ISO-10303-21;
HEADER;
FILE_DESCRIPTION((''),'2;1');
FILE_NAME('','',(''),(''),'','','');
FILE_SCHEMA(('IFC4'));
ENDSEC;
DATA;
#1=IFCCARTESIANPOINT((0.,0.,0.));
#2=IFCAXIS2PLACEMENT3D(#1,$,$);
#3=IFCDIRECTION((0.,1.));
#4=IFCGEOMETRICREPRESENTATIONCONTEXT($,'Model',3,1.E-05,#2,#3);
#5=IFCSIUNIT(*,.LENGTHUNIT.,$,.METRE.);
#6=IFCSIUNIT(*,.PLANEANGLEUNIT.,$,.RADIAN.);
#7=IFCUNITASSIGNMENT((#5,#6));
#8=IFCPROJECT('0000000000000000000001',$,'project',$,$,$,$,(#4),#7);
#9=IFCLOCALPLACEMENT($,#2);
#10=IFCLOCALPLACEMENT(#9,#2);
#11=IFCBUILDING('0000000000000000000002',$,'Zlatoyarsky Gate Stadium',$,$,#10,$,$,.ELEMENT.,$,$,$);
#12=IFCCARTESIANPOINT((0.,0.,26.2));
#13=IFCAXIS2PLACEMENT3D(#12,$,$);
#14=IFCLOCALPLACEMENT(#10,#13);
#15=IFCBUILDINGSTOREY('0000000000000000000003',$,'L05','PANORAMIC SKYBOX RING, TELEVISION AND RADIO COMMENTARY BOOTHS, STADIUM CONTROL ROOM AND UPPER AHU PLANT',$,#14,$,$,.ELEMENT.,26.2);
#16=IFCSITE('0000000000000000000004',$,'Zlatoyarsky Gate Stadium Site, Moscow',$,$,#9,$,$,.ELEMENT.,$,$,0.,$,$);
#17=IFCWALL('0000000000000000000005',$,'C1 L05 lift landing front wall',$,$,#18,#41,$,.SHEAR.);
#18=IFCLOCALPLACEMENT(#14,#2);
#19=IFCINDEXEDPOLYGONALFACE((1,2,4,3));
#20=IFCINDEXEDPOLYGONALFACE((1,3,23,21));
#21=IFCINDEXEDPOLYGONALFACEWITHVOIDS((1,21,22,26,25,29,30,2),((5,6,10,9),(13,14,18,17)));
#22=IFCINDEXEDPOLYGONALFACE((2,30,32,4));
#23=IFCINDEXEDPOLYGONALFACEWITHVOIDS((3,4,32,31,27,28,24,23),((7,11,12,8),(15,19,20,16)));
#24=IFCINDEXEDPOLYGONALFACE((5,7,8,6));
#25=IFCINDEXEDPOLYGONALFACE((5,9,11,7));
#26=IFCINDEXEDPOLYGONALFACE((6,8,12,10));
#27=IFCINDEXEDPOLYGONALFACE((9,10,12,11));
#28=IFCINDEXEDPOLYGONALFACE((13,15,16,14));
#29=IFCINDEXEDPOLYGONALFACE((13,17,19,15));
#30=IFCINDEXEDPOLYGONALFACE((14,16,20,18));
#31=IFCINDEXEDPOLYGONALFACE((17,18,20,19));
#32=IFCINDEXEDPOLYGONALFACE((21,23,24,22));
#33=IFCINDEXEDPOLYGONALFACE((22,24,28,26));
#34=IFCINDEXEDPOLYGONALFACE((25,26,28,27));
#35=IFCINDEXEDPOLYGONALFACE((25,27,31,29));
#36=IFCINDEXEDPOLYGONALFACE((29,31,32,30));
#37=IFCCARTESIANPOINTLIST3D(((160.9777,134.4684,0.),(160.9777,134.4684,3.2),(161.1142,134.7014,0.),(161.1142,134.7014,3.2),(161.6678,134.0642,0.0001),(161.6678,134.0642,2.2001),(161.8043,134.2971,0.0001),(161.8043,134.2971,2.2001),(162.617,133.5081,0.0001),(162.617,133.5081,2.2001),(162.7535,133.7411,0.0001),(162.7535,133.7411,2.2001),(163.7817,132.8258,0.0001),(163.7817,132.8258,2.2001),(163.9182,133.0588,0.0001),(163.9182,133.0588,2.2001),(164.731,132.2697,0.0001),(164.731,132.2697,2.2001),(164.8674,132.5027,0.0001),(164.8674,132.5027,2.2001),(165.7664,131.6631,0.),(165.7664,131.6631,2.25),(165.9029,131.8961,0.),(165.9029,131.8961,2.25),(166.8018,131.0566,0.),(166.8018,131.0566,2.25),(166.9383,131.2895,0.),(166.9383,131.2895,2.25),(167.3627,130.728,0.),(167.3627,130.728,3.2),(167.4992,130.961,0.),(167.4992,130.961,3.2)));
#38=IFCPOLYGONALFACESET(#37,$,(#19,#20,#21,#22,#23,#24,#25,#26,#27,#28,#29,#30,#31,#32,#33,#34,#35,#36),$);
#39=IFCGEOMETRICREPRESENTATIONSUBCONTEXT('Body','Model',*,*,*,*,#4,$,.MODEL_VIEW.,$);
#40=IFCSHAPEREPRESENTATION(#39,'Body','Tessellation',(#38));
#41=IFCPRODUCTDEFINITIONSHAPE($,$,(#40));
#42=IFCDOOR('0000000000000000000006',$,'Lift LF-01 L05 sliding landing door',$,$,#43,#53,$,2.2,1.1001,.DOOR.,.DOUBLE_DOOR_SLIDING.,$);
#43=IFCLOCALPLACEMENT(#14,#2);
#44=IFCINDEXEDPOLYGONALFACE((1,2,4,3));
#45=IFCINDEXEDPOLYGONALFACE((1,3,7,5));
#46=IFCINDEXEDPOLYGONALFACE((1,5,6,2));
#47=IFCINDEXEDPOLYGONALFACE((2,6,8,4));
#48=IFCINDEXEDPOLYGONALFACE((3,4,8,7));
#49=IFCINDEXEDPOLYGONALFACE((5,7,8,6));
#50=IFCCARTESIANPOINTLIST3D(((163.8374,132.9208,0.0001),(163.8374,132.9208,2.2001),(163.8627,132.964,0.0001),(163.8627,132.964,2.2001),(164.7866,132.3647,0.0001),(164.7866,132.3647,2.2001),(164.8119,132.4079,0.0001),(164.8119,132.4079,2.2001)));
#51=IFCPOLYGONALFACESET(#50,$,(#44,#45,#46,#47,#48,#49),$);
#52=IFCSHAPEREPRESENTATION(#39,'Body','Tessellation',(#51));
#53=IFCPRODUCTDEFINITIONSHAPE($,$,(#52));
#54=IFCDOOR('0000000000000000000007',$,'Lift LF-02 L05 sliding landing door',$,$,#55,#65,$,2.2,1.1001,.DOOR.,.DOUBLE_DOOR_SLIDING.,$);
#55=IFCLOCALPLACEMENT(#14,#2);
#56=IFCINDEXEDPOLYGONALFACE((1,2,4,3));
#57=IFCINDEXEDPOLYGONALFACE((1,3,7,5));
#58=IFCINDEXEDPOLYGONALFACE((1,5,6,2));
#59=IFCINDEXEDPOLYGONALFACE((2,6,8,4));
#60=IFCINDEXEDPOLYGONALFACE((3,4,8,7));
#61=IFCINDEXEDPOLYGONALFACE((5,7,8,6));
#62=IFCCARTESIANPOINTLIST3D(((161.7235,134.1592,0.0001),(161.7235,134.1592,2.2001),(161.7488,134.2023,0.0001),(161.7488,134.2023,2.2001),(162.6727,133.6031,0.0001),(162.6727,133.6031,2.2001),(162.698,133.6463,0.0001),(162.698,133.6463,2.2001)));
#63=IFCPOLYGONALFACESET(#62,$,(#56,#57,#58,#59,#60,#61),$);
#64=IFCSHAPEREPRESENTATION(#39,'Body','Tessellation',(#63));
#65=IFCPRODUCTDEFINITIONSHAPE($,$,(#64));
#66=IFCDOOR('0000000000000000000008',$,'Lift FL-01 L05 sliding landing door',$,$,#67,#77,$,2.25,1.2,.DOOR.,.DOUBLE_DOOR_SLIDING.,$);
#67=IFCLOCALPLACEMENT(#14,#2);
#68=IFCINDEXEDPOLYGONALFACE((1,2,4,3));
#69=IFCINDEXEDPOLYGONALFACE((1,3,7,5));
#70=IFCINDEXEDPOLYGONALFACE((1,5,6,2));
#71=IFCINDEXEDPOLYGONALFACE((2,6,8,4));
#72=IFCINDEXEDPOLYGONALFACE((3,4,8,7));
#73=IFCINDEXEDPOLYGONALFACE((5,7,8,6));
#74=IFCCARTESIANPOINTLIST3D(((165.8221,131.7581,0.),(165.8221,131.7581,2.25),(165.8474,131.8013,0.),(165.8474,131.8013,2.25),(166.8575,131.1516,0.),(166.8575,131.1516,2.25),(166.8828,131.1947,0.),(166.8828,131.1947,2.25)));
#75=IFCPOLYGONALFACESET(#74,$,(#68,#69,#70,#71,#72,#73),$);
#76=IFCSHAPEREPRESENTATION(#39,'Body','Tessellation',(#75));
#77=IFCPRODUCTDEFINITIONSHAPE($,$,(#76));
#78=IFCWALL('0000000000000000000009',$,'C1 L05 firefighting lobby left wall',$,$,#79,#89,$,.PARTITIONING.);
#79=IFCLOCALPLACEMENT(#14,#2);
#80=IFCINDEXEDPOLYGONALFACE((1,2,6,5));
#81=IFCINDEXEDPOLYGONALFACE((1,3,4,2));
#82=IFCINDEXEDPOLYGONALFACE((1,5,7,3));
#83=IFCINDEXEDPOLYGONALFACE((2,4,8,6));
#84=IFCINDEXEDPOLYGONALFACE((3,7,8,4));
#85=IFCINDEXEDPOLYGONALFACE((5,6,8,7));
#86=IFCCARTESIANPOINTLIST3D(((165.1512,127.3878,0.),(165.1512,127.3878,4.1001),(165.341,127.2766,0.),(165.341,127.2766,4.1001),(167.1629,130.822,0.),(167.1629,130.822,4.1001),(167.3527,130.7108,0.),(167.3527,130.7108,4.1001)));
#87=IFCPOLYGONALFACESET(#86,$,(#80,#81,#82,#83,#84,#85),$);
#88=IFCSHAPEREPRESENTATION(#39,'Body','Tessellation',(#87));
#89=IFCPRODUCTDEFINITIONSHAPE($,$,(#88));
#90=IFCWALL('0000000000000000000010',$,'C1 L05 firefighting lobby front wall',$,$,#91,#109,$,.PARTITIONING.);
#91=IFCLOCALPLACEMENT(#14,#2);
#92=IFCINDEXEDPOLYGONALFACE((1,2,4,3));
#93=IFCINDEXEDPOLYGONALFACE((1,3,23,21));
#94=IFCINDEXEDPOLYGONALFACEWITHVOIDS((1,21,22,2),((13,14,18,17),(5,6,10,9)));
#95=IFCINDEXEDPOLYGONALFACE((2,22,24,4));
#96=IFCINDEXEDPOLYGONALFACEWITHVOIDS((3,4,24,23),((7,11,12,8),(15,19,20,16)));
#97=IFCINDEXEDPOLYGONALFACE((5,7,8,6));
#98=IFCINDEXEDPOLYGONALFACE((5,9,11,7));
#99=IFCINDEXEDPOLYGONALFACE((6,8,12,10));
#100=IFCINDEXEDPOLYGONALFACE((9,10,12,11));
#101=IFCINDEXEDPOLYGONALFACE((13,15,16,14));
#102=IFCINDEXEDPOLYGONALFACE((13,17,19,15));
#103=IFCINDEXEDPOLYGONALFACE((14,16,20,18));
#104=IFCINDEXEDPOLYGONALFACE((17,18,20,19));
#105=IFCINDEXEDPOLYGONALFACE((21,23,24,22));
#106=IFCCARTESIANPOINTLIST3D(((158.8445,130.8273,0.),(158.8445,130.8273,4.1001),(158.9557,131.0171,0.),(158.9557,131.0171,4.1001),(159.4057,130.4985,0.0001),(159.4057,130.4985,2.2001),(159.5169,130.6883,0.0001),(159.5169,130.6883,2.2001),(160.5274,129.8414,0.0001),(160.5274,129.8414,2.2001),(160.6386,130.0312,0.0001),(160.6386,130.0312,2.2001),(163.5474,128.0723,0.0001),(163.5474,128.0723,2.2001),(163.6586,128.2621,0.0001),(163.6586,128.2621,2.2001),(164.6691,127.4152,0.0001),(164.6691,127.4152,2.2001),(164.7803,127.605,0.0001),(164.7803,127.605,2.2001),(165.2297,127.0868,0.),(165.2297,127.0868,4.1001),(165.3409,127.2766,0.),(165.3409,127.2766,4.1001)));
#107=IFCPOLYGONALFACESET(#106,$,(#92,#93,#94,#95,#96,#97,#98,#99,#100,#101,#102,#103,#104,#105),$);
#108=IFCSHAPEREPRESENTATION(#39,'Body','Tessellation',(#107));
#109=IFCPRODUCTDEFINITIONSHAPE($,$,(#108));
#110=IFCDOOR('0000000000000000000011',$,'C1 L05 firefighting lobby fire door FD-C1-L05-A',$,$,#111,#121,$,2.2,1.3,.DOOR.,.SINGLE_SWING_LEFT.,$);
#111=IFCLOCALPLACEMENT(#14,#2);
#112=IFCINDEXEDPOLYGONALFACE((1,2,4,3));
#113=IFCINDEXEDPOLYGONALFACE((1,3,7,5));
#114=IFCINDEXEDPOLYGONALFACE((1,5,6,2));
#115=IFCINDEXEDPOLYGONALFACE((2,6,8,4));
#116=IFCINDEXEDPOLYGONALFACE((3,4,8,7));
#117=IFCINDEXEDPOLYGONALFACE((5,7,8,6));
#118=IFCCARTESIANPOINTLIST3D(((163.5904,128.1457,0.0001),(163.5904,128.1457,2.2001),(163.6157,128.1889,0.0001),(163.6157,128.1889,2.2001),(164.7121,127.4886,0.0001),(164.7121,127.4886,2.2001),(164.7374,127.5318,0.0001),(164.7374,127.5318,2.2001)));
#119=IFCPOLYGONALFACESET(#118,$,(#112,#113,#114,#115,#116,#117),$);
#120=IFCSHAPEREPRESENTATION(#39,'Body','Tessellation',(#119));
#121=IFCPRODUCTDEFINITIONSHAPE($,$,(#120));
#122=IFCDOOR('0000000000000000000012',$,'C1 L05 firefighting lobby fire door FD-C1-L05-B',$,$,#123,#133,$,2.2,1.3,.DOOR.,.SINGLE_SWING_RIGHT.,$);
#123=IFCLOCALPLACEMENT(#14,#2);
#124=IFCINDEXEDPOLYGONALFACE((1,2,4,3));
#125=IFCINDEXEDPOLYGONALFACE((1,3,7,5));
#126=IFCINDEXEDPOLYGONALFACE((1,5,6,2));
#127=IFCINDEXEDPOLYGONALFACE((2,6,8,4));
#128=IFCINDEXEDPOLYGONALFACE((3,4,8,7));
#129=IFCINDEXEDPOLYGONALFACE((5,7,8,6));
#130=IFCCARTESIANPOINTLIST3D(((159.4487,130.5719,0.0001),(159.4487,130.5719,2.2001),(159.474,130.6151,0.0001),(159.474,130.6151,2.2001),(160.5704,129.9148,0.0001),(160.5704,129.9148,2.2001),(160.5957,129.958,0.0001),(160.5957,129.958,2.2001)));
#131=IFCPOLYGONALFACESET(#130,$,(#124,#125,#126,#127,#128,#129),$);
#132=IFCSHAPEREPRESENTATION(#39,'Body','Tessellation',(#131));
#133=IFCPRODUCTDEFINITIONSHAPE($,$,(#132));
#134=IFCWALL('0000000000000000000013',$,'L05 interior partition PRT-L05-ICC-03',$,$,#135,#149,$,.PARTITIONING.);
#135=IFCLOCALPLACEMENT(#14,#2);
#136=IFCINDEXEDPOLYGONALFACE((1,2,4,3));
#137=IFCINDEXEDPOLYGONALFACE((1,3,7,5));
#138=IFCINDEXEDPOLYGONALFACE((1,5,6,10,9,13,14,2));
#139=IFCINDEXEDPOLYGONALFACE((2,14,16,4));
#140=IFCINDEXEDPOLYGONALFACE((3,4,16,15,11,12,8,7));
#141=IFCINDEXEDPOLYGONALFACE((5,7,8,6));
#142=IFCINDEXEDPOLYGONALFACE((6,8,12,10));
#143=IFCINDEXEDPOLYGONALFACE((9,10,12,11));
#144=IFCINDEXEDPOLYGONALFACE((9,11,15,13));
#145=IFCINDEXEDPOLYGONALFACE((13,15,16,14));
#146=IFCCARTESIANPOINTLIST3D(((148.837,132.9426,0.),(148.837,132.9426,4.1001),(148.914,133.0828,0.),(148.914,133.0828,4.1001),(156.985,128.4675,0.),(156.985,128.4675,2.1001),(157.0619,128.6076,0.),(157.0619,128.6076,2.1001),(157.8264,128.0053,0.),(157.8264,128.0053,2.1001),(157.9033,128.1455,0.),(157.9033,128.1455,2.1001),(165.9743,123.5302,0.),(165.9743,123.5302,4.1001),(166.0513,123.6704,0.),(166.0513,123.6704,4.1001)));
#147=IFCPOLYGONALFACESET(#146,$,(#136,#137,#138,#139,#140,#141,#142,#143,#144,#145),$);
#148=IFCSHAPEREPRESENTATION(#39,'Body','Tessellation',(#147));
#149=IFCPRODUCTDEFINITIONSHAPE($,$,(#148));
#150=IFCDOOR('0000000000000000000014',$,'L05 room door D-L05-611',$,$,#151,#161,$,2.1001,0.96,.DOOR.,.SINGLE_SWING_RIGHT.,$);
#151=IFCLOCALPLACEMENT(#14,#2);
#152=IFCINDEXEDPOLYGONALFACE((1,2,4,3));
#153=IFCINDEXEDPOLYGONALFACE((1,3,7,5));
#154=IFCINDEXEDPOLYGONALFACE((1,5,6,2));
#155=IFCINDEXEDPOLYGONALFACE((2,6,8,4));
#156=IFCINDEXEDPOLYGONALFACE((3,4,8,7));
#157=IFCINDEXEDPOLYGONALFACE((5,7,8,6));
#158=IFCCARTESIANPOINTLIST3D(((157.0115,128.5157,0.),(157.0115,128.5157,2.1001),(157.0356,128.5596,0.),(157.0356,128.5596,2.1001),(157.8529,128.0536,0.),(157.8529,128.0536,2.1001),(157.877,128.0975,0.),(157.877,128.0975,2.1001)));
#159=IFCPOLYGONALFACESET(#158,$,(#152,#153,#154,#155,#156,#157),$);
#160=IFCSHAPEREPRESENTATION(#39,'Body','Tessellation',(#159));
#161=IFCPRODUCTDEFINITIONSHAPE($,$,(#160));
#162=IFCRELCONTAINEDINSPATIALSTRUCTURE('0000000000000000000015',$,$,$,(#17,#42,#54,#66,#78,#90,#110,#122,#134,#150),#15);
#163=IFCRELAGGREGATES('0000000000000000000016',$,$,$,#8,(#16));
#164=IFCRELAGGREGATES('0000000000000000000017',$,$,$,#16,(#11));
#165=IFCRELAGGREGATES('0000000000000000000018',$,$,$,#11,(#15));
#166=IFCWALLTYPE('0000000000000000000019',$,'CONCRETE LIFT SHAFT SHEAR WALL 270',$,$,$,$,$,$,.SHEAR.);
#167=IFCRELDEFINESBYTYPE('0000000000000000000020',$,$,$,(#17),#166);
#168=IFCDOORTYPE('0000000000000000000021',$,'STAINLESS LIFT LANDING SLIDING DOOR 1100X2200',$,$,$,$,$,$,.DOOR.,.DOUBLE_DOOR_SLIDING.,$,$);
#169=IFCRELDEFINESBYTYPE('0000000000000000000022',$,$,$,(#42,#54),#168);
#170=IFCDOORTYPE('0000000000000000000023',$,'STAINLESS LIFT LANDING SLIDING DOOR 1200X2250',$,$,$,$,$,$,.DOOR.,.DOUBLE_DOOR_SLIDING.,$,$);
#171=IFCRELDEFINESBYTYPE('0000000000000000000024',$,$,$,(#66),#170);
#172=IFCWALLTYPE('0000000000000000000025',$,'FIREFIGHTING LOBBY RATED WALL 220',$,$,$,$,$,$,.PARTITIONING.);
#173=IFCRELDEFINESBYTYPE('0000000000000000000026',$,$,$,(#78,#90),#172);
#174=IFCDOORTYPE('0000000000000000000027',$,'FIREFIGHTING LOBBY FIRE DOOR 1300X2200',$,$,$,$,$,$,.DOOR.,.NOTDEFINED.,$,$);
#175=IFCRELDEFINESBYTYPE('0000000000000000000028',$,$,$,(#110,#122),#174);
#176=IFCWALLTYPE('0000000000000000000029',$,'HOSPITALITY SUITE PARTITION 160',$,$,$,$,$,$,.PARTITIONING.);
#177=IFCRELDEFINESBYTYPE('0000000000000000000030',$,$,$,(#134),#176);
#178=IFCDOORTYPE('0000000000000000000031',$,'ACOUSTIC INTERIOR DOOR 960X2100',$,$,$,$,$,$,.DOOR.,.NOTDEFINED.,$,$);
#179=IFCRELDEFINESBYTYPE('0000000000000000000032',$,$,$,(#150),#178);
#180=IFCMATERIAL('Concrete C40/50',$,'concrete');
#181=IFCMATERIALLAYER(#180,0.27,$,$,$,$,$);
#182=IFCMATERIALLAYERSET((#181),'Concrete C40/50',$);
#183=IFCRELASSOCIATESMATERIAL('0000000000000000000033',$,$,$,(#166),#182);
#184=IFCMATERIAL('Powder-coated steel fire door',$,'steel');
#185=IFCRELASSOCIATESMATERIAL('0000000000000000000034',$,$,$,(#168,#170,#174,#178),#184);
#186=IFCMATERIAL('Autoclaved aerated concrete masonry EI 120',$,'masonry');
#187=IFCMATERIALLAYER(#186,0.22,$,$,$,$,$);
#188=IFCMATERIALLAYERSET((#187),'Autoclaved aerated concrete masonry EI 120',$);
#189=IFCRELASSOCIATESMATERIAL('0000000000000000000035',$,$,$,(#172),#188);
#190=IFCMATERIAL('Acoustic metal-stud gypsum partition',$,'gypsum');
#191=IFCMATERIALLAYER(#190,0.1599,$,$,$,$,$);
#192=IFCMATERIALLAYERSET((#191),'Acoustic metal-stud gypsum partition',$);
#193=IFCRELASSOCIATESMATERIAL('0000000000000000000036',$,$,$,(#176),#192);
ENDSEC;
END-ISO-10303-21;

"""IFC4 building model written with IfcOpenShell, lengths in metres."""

from ifc_helpers import new_model, si_unit, direction, frame, frame_2d, origin, place, context, subcontext, project, spatial, rectangle, extrude, material, layer, layer_set, type_object, element, fill, save


model = new_model("IFC4")

# Units and contexts
model_context = context("Model", 3, precision=1e-05, world=origin(), true_north=direction((0.0, 1.0)))
body_context = subcontext(model_context, "Body", "Model", "MODEL_VIEW")
ifc_project = project(units=[si_unit("LENGTHUNIT", "METRE"), si_unit("PLANEANGLEUNIT", "RADIAN")], contexts=[model_context])

# Site, building, storey
site_placement = place(None, origin())
site = spatial("IfcSite", under=ifc_project, at=site_placement, Name="Zlatoyarsky Gate Stadium Site, Moscow", CompositionType="ELEMENT", RefElevation=0.0)
building_placement = place(site_placement, origin())
building = spatial("IfcBuilding", under=site, at=building_placement, Name="Zlatoyarsky Gate Stadium", CompositionType="ELEMENT")
storey_placement = place(building_placement, frame((0.0, 0.0, 26.2)))
storey = spatial("IfcBuildingStorey", under=building, at=storey_placement, Name="L05", Description="PANORAMIC SKYBOX RING, TELEVISION AND RADIO COMMENTARY BOOTHS, STADIUM CONTROL ROOM AND UPPER AHU PLANT", CompositionType="ELEMENT", Elevation=26.2)

# Shared definitions
ifc_material_1 = material(Name="Concrete C40/50", Category="concrete")
ifc_layer_1 = layer(ifc_material_1, 0.27)
ifc_layer_set_1 = layer_set([ifc_layer_1], Name="Concrete C40/50")
wall_type_1 = type_object("IfcWallType", Name="CONCRETE LIFT SHAFT SHEAR WALL 270", PredefinedType="SHEAR", material=ifc_layer_set_1)

# Wall, openings, doors
wall_1_placement = place(storey_placement, frame((167.4309, 130.8445, 0.0), z_axis=(0.0, 0.0, 1.0), x_axis=(-0.862843, 0.505472, 0.0)))
wall_1 = element("IfcWall", 1, at=wall_1_placement, inside=storey, type_object=wall_type_1, Name="C1 L05 lift landing front wall", PredefinedType="SHEAR", context=body_context, shape_type="SweptSolid", body=[
    extrude(rectangle(XDim=7.3999, YDim=0.27, at=frame_2d((3.7, 0.0))), origin(), (0.0, 0.0, 1.0), 3.2),
])
opening_1_placement = place(wall_1_placement, frame((0.6499, 0.0, 0.0)))
opening_1 = element("IfcOpeningElement", 2, at=opening_1_placement, cuts=wall_1, PredefinedType="OPENING", context=body_context, shape_type="SweptSolid", body=[
    extrude(rectangle(XDim=1.2, YDim=2.25, at=frame_2d((0.6001, 1.125))), frame((0.0, 0.145, 0.0), z_axis=(0.0, -1.0, 0.0), x_axis=(1.0, 0.0, 0.0)), (0.0, 0.0, 1.0), 0.29),
])
opening_2_placement = place(wall_1_placement, frame((3.05, 0.0, 0.0)))
opening_2 = element("IfcOpeningElement", 3, at=opening_2_placement, cuts=wall_1, PredefinedType="OPENING", context=body_context, shape_type="SweptSolid", body=[
    extrude(rectangle(XDim=1.1001, YDim=2.2, at=frame_2d((0.55, 1.1001))), frame((0.0, 0.145, 0.0), z_axis=(0.0, -1.0, 0.0), x_axis=(1.0, 0.0, 0.0)), (0.0, 0.0, 1.0), 0.29),
])
opening_3_placement = place(wall_1_placement, frame((5.5, 0.0, 0.0)))
opening_3 = element("IfcOpeningElement", 4, at=opening_3_placement, cuts=wall_1, PredefinedType="OPENING", context=body_context, shape_type="SweptSolid", body=[
    extrude(rectangle(XDim=1.1001, YDim=2.2, at=frame_2d((0.55, 1.1001))), frame((0.0, 0.145, 0.0), z_axis=(0.0, -1.0, 0.0), x_axis=(1.0, 0.0, 0.0)), (0.0, 0.0, 1.0), 0.29),
])
ifc_material_2 = material(Name="Powder-coated steel fire door", Category="steel")
door_type_1 = type_object("IfcDoorType", Name="STAINLESS LIFT LANDING SLIDING DOOR 1100X2200", OperationType="DOUBLE_DOOR_SLIDING", PredefinedType="DOOR", material=ifc_material_2)
door_1_placement = place(opening_2_placement, origin())
door_1 = element("IfcDoor", 5, at=door_1_placement, inside=storey, type_object=door_type_1, Name="Lift LF-01 L05 sliding landing door", OperationType="DOUBLE_DOOR_SLIDING", OverallHeight=2.2, OverallWidth=1.1001, PredefinedType="DOOR", context=body_context, shape_type="SweptSolid", body=[
    extrude(rectangle(XDim=1.1001, YDim=2.2, at=frame_2d((0.55, 1.1001))), frame((0.0, 0.0249, 0.0), z_axis=(0.0, -1.0, 0.0), x_axis=(1.0, 0.0, 0.0)), (0.0, 0.0, 1.0), 0.05),
])
fill(opening_2, door_1)
door_2_placement = place(opening_3_placement, origin())
door_2 = element("IfcDoor", 6, at=door_2_placement, inside=storey, type_object=door_type_1, Name="Lift LF-02 L05 sliding landing door", OperationType="DOUBLE_DOOR_SLIDING", OverallHeight=2.2, OverallWidth=1.1001, PredefinedType="DOOR", context=body_context, shape_type="SweptSolid", body=[
    extrude(rectangle(XDim=1.1001, YDim=2.2, at=frame_2d((0.55, 1.1001))), frame((0.0, 0.0249, 0.0), z_axis=(0.0, -1.0, 0.0), x_axis=(1.0, 0.0, 0.0)), (0.0, 0.0, 1.0), 0.05),
])
fill(opening_3, door_2)
door_type_2 = type_object("IfcDoorType", Name="STAINLESS LIFT LANDING SLIDING DOOR 1200X2250", OperationType="DOUBLE_DOOR_SLIDING", PredefinedType="DOOR", material=ifc_material_2)
door_3_placement = place(opening_1_placement, origin())
door_3 = element("IfcDoor", 7, at=door_3_placement, inside=storey, type_object=door_type_2, Name="Lift FL-01 L05 sliding landing door", OperationType="DOUBLE_DOOR_SLIDING", OverallHeight=2.25, OverallWidth=1.2, PredefinedType="DOOR", context=body_context, shape_type="SweptSolid", body=[
    extrude(rectangle(XDim=1.2, YDim=2.25, at=frame_2d((0.6001, 1.125))), frame((0.0, 0.0249, 0.0), z_axis=(0.0, -1.0, 0.0), x_axis=(1.0, 0.0, 0.0)), (0.0, 0.0, 1.0), 0.05),
])
fill(opening_1, door_3)

# Wall
ifc_material_3 = material(Name="Autoclaved aerated concrete masonry EI 120", Category="masonry")
ifc_layer_2 = layer(ifc_material_3, 0.22)
ifc_layer_set_2 = layer_set([ifc_layer_2], Name="Autoclaved aerated concrete masonry EI 120")
wall_type_2 = type_object("IfcWallType", Name="FIREFIGHTING LOBBY RATED WALL 220", PredefinedType="PARTITIONING", material=ifc_layer_set_2)
wall_2_placement = place(storey_placement, frame((167.2578, 130.7664, 0.0), z_axis=(0.0, 0.0, 1.0), x_axis=(-0.505464, -0.862847, 0.0)))
element("IfcWall", 8, at=wall_2_placement, inside=storey, type_object=wall_type_2, Name="C1 L05 firefighting lobby left wall", PredefinedType="PARTITIONING", context=body_context, shape_type="SweptSolid", body=[
    extrude(rectangle(XDim=3.98, YDim=0.22, at=frame_2d((1.99, 0.0))), origin(), (0.0, 0.0, 1.0), 4.1001),
])

# Wall, openings, doors
wall_3_placement = place(storey_placement, frame((165.2854, 127.1816, 0.0), z_axis=(0.0, 0.0, 1.0), x_axis=(-0.862851, 0.505458, 0.0)))
wall_3 = element("IfcWall", 9, at=wall_3_placement, inside=storey, type_object=wall_type_2, Name="C1 L05 firefighting lobby front wall", PredefinedType="PARTITIONING", context=body_context, shape_type="SweptSolid", body=[
    extrude(rectangle(XDim=7.4001, YDim=0.22, at=frame_2d((3.7002, 0.0))), origin(), (0.0, 0.0, 1.0), 4.1001),
])
opening_4_placement = place(wall_3_placement, frame((0.6499, 0.0, 0.0)))
opening_4 = element("IfcOpeningElement", 10, at=opening_4_placement, cuts=wall_3, PredefinedType="OPENING", context=body_context, shape_type="SweptSolid", body=[
    extrude(rectangle(XDim=1.3, YDim=2.2, at=frame_2d((0.6499, 1.1001))), frame((0.0, 0.1199, 0.0), z_axis=(0.0, -1.0, 0.0), x_axis=(1.0, 0.0, 0.0)), (0.0, 0.0, 1.0), 0.24),
])
opening_5_placement = place(wall_3_placement, frame((5.45, 0.0, 0.0)))
opening_5 = element("IfcOpeningElement", 11, at=opening_5_placement, cuts=wall_3, PredefinedType="OPENING", context=body_context, shape_type="SweptSolid", body=[
    extrude(rectangle(XDim=1.3, YDim=2.2, at=frame_2d((0.6499, 1.1001))), frame((0.0, 0.1199, 0.0), z_axis=(0.0, -1.0, 0.0), x_axis=(1.0, 0.0, 0.0)), (0.0, 0.0, 1.0), 0.24),
])
door_type_3 = type_object("IfcDoorType", Name="FIREFIGHTING LOBBY FIRE DOOR 1300X2200", OperationType="NOTDEFINED", PredefinedType="DOOR", material=ifc_material_2)
door_4_placement = place(opening_4_placement, origin())
door_4 = element("IfcDoor", 12, at=door_4_placement, inside=storey, type_object=door_type_3, Name="C1 L05 firefighting lobby fire door FD-C1-L05-A", OperationType="SINGLE_SWING_LEFT", OverallHeight=2.2, OverallWidth=1.3, PredefinedType="DOOR", context=body_context, shape_type="SweptSolid", body=[
    extrude(rectangle(XDim=1.3, YDim=2.2, at=frame_2d((0.6499, 1.1001))), frame((0.0, 0.0249, 0.0), z_axis=(0.0, -1.0, 0.0), x_axis=(1.0, 0.0, 0.0)), (0.0, 0.0, 1.0), 0.05),
])
fill(opening_4, door_4)
door_5_placement = place(opening_5_placement, origin())
door_5 = element("IfcDoor", 13, at=door_5_placement, inside=storey, type_object=door_type_3, Name="C1 L05 firefighting lobby fire door FD-C1-L05-B", OperationType="SINGLE_SWING_RIGHT", OverallHeight=2.2, OverallWidth=1.3, PredefinedType="DOOR", context=body_context, shape_type="SweptSolid", body=[
    extrude(rectangle(XDim=1.3, YDim=2.2, at=frame_2d((0.6499, 1.1001))), frame((0.0, 0.0249, 0.0), z_axis=(0.0, -1.0, 0.0), x_axis=(1.0, 0.0, 0.0)), (0.0, 0.0, 1.0), 0.05),
])
fill(opening_5, door_5)

# Wall, opening, door
ifc_material_4 = material(Name="Acoustic metal-stud gypsum partition", Category="gypsum")
ifc_layer_3 = layer(ifc_material_4, 0.1599)
ifc_layer_set_3 = layer_set([ifc_layer_3], Name="Acoustic metal-stud gypsum partition")
wall_type_3 = type_object("IfcWallType", Name="HOSPITALITY SUITE PARTITION 160", PredefinedType="PARTITIONING", material=ifc_layer_set_3)
wall_4_placement = place(storey_placement, frame((166.0127, 123.6003, 0.0), z_axis=(0.0, 0.0, 1.0), x_axis=(-0.876499, 0.481404, 0.0)))
wall_4 = element("IfcWall", 14, at=wall_4_placement, inside=storey, type_object=wall_type_3, Name="L05 interior partition PRT-L05-ICC-03", PredefinedType="PARTITIONING", context=body_context, shape_type="SweptSolid", body=[
    extrude(rectangle(XDim=19.552, YDim=0.1599, at=frame_2d((9.7759, 0.0))), origin(), (0.0, 0.0, 1.0), 4.1001),
])
opening_6_placement = place(wall_4_placement, frame((9.2959, 0.0, 0.0)))
opening_6 = element("IfcOpeningElement", 15, at=opening_6_placement, cuts=wall_4, PredefinedType="OPENING", context=body_context, shape_type="SweptSolid", body=[
    extrude(rectangle(XDim=0.96, YDim=2.1001, at=frame_2d((0.48, 1.05))), frame((0.0, 0.0898, 0.0), z_axis=(0.0, -1.0, 0.0), x_axis=(1.0, 0.0, 0.0)), (0.0, 0.0, 1.0), 0.1799),
])
door_type_4 = type_object("IfcDoorType", Name="ACOUSTIC INTERIOR DOOR 960X2100", OperationType="NOTDEFINED", PredefinedType="DOOR", material=ifc_material_2)
door_6_placement = place(opening_6_placement, origin())
door_6 = element("IfcDoor", 16, at=door_6_placement, inside=storey, type_object=door_type_4, Name="L05 room door D-L05-611", OperationType="SINGLE_SWING_RIGHT", OverallHeight=2.1001, OverallWidth=0.96, PredefinedType="DOOR", context=body_context, shape_type="SweptSolid", body=[
    extrude(rectangle(XDim=0.96, YDim=2.1001, at=frame_2d((0.48, 1.05))), frame((0.0, 0.0249, 0.0), z_axis=(0.0, -1.0, 0.0), x_axis=(1.0, 0.0, 0.0)), (0.0, 0.0, 1.0), 0.05),
])
fill(opening_6, door_6)

save(model, "model.ifc")
